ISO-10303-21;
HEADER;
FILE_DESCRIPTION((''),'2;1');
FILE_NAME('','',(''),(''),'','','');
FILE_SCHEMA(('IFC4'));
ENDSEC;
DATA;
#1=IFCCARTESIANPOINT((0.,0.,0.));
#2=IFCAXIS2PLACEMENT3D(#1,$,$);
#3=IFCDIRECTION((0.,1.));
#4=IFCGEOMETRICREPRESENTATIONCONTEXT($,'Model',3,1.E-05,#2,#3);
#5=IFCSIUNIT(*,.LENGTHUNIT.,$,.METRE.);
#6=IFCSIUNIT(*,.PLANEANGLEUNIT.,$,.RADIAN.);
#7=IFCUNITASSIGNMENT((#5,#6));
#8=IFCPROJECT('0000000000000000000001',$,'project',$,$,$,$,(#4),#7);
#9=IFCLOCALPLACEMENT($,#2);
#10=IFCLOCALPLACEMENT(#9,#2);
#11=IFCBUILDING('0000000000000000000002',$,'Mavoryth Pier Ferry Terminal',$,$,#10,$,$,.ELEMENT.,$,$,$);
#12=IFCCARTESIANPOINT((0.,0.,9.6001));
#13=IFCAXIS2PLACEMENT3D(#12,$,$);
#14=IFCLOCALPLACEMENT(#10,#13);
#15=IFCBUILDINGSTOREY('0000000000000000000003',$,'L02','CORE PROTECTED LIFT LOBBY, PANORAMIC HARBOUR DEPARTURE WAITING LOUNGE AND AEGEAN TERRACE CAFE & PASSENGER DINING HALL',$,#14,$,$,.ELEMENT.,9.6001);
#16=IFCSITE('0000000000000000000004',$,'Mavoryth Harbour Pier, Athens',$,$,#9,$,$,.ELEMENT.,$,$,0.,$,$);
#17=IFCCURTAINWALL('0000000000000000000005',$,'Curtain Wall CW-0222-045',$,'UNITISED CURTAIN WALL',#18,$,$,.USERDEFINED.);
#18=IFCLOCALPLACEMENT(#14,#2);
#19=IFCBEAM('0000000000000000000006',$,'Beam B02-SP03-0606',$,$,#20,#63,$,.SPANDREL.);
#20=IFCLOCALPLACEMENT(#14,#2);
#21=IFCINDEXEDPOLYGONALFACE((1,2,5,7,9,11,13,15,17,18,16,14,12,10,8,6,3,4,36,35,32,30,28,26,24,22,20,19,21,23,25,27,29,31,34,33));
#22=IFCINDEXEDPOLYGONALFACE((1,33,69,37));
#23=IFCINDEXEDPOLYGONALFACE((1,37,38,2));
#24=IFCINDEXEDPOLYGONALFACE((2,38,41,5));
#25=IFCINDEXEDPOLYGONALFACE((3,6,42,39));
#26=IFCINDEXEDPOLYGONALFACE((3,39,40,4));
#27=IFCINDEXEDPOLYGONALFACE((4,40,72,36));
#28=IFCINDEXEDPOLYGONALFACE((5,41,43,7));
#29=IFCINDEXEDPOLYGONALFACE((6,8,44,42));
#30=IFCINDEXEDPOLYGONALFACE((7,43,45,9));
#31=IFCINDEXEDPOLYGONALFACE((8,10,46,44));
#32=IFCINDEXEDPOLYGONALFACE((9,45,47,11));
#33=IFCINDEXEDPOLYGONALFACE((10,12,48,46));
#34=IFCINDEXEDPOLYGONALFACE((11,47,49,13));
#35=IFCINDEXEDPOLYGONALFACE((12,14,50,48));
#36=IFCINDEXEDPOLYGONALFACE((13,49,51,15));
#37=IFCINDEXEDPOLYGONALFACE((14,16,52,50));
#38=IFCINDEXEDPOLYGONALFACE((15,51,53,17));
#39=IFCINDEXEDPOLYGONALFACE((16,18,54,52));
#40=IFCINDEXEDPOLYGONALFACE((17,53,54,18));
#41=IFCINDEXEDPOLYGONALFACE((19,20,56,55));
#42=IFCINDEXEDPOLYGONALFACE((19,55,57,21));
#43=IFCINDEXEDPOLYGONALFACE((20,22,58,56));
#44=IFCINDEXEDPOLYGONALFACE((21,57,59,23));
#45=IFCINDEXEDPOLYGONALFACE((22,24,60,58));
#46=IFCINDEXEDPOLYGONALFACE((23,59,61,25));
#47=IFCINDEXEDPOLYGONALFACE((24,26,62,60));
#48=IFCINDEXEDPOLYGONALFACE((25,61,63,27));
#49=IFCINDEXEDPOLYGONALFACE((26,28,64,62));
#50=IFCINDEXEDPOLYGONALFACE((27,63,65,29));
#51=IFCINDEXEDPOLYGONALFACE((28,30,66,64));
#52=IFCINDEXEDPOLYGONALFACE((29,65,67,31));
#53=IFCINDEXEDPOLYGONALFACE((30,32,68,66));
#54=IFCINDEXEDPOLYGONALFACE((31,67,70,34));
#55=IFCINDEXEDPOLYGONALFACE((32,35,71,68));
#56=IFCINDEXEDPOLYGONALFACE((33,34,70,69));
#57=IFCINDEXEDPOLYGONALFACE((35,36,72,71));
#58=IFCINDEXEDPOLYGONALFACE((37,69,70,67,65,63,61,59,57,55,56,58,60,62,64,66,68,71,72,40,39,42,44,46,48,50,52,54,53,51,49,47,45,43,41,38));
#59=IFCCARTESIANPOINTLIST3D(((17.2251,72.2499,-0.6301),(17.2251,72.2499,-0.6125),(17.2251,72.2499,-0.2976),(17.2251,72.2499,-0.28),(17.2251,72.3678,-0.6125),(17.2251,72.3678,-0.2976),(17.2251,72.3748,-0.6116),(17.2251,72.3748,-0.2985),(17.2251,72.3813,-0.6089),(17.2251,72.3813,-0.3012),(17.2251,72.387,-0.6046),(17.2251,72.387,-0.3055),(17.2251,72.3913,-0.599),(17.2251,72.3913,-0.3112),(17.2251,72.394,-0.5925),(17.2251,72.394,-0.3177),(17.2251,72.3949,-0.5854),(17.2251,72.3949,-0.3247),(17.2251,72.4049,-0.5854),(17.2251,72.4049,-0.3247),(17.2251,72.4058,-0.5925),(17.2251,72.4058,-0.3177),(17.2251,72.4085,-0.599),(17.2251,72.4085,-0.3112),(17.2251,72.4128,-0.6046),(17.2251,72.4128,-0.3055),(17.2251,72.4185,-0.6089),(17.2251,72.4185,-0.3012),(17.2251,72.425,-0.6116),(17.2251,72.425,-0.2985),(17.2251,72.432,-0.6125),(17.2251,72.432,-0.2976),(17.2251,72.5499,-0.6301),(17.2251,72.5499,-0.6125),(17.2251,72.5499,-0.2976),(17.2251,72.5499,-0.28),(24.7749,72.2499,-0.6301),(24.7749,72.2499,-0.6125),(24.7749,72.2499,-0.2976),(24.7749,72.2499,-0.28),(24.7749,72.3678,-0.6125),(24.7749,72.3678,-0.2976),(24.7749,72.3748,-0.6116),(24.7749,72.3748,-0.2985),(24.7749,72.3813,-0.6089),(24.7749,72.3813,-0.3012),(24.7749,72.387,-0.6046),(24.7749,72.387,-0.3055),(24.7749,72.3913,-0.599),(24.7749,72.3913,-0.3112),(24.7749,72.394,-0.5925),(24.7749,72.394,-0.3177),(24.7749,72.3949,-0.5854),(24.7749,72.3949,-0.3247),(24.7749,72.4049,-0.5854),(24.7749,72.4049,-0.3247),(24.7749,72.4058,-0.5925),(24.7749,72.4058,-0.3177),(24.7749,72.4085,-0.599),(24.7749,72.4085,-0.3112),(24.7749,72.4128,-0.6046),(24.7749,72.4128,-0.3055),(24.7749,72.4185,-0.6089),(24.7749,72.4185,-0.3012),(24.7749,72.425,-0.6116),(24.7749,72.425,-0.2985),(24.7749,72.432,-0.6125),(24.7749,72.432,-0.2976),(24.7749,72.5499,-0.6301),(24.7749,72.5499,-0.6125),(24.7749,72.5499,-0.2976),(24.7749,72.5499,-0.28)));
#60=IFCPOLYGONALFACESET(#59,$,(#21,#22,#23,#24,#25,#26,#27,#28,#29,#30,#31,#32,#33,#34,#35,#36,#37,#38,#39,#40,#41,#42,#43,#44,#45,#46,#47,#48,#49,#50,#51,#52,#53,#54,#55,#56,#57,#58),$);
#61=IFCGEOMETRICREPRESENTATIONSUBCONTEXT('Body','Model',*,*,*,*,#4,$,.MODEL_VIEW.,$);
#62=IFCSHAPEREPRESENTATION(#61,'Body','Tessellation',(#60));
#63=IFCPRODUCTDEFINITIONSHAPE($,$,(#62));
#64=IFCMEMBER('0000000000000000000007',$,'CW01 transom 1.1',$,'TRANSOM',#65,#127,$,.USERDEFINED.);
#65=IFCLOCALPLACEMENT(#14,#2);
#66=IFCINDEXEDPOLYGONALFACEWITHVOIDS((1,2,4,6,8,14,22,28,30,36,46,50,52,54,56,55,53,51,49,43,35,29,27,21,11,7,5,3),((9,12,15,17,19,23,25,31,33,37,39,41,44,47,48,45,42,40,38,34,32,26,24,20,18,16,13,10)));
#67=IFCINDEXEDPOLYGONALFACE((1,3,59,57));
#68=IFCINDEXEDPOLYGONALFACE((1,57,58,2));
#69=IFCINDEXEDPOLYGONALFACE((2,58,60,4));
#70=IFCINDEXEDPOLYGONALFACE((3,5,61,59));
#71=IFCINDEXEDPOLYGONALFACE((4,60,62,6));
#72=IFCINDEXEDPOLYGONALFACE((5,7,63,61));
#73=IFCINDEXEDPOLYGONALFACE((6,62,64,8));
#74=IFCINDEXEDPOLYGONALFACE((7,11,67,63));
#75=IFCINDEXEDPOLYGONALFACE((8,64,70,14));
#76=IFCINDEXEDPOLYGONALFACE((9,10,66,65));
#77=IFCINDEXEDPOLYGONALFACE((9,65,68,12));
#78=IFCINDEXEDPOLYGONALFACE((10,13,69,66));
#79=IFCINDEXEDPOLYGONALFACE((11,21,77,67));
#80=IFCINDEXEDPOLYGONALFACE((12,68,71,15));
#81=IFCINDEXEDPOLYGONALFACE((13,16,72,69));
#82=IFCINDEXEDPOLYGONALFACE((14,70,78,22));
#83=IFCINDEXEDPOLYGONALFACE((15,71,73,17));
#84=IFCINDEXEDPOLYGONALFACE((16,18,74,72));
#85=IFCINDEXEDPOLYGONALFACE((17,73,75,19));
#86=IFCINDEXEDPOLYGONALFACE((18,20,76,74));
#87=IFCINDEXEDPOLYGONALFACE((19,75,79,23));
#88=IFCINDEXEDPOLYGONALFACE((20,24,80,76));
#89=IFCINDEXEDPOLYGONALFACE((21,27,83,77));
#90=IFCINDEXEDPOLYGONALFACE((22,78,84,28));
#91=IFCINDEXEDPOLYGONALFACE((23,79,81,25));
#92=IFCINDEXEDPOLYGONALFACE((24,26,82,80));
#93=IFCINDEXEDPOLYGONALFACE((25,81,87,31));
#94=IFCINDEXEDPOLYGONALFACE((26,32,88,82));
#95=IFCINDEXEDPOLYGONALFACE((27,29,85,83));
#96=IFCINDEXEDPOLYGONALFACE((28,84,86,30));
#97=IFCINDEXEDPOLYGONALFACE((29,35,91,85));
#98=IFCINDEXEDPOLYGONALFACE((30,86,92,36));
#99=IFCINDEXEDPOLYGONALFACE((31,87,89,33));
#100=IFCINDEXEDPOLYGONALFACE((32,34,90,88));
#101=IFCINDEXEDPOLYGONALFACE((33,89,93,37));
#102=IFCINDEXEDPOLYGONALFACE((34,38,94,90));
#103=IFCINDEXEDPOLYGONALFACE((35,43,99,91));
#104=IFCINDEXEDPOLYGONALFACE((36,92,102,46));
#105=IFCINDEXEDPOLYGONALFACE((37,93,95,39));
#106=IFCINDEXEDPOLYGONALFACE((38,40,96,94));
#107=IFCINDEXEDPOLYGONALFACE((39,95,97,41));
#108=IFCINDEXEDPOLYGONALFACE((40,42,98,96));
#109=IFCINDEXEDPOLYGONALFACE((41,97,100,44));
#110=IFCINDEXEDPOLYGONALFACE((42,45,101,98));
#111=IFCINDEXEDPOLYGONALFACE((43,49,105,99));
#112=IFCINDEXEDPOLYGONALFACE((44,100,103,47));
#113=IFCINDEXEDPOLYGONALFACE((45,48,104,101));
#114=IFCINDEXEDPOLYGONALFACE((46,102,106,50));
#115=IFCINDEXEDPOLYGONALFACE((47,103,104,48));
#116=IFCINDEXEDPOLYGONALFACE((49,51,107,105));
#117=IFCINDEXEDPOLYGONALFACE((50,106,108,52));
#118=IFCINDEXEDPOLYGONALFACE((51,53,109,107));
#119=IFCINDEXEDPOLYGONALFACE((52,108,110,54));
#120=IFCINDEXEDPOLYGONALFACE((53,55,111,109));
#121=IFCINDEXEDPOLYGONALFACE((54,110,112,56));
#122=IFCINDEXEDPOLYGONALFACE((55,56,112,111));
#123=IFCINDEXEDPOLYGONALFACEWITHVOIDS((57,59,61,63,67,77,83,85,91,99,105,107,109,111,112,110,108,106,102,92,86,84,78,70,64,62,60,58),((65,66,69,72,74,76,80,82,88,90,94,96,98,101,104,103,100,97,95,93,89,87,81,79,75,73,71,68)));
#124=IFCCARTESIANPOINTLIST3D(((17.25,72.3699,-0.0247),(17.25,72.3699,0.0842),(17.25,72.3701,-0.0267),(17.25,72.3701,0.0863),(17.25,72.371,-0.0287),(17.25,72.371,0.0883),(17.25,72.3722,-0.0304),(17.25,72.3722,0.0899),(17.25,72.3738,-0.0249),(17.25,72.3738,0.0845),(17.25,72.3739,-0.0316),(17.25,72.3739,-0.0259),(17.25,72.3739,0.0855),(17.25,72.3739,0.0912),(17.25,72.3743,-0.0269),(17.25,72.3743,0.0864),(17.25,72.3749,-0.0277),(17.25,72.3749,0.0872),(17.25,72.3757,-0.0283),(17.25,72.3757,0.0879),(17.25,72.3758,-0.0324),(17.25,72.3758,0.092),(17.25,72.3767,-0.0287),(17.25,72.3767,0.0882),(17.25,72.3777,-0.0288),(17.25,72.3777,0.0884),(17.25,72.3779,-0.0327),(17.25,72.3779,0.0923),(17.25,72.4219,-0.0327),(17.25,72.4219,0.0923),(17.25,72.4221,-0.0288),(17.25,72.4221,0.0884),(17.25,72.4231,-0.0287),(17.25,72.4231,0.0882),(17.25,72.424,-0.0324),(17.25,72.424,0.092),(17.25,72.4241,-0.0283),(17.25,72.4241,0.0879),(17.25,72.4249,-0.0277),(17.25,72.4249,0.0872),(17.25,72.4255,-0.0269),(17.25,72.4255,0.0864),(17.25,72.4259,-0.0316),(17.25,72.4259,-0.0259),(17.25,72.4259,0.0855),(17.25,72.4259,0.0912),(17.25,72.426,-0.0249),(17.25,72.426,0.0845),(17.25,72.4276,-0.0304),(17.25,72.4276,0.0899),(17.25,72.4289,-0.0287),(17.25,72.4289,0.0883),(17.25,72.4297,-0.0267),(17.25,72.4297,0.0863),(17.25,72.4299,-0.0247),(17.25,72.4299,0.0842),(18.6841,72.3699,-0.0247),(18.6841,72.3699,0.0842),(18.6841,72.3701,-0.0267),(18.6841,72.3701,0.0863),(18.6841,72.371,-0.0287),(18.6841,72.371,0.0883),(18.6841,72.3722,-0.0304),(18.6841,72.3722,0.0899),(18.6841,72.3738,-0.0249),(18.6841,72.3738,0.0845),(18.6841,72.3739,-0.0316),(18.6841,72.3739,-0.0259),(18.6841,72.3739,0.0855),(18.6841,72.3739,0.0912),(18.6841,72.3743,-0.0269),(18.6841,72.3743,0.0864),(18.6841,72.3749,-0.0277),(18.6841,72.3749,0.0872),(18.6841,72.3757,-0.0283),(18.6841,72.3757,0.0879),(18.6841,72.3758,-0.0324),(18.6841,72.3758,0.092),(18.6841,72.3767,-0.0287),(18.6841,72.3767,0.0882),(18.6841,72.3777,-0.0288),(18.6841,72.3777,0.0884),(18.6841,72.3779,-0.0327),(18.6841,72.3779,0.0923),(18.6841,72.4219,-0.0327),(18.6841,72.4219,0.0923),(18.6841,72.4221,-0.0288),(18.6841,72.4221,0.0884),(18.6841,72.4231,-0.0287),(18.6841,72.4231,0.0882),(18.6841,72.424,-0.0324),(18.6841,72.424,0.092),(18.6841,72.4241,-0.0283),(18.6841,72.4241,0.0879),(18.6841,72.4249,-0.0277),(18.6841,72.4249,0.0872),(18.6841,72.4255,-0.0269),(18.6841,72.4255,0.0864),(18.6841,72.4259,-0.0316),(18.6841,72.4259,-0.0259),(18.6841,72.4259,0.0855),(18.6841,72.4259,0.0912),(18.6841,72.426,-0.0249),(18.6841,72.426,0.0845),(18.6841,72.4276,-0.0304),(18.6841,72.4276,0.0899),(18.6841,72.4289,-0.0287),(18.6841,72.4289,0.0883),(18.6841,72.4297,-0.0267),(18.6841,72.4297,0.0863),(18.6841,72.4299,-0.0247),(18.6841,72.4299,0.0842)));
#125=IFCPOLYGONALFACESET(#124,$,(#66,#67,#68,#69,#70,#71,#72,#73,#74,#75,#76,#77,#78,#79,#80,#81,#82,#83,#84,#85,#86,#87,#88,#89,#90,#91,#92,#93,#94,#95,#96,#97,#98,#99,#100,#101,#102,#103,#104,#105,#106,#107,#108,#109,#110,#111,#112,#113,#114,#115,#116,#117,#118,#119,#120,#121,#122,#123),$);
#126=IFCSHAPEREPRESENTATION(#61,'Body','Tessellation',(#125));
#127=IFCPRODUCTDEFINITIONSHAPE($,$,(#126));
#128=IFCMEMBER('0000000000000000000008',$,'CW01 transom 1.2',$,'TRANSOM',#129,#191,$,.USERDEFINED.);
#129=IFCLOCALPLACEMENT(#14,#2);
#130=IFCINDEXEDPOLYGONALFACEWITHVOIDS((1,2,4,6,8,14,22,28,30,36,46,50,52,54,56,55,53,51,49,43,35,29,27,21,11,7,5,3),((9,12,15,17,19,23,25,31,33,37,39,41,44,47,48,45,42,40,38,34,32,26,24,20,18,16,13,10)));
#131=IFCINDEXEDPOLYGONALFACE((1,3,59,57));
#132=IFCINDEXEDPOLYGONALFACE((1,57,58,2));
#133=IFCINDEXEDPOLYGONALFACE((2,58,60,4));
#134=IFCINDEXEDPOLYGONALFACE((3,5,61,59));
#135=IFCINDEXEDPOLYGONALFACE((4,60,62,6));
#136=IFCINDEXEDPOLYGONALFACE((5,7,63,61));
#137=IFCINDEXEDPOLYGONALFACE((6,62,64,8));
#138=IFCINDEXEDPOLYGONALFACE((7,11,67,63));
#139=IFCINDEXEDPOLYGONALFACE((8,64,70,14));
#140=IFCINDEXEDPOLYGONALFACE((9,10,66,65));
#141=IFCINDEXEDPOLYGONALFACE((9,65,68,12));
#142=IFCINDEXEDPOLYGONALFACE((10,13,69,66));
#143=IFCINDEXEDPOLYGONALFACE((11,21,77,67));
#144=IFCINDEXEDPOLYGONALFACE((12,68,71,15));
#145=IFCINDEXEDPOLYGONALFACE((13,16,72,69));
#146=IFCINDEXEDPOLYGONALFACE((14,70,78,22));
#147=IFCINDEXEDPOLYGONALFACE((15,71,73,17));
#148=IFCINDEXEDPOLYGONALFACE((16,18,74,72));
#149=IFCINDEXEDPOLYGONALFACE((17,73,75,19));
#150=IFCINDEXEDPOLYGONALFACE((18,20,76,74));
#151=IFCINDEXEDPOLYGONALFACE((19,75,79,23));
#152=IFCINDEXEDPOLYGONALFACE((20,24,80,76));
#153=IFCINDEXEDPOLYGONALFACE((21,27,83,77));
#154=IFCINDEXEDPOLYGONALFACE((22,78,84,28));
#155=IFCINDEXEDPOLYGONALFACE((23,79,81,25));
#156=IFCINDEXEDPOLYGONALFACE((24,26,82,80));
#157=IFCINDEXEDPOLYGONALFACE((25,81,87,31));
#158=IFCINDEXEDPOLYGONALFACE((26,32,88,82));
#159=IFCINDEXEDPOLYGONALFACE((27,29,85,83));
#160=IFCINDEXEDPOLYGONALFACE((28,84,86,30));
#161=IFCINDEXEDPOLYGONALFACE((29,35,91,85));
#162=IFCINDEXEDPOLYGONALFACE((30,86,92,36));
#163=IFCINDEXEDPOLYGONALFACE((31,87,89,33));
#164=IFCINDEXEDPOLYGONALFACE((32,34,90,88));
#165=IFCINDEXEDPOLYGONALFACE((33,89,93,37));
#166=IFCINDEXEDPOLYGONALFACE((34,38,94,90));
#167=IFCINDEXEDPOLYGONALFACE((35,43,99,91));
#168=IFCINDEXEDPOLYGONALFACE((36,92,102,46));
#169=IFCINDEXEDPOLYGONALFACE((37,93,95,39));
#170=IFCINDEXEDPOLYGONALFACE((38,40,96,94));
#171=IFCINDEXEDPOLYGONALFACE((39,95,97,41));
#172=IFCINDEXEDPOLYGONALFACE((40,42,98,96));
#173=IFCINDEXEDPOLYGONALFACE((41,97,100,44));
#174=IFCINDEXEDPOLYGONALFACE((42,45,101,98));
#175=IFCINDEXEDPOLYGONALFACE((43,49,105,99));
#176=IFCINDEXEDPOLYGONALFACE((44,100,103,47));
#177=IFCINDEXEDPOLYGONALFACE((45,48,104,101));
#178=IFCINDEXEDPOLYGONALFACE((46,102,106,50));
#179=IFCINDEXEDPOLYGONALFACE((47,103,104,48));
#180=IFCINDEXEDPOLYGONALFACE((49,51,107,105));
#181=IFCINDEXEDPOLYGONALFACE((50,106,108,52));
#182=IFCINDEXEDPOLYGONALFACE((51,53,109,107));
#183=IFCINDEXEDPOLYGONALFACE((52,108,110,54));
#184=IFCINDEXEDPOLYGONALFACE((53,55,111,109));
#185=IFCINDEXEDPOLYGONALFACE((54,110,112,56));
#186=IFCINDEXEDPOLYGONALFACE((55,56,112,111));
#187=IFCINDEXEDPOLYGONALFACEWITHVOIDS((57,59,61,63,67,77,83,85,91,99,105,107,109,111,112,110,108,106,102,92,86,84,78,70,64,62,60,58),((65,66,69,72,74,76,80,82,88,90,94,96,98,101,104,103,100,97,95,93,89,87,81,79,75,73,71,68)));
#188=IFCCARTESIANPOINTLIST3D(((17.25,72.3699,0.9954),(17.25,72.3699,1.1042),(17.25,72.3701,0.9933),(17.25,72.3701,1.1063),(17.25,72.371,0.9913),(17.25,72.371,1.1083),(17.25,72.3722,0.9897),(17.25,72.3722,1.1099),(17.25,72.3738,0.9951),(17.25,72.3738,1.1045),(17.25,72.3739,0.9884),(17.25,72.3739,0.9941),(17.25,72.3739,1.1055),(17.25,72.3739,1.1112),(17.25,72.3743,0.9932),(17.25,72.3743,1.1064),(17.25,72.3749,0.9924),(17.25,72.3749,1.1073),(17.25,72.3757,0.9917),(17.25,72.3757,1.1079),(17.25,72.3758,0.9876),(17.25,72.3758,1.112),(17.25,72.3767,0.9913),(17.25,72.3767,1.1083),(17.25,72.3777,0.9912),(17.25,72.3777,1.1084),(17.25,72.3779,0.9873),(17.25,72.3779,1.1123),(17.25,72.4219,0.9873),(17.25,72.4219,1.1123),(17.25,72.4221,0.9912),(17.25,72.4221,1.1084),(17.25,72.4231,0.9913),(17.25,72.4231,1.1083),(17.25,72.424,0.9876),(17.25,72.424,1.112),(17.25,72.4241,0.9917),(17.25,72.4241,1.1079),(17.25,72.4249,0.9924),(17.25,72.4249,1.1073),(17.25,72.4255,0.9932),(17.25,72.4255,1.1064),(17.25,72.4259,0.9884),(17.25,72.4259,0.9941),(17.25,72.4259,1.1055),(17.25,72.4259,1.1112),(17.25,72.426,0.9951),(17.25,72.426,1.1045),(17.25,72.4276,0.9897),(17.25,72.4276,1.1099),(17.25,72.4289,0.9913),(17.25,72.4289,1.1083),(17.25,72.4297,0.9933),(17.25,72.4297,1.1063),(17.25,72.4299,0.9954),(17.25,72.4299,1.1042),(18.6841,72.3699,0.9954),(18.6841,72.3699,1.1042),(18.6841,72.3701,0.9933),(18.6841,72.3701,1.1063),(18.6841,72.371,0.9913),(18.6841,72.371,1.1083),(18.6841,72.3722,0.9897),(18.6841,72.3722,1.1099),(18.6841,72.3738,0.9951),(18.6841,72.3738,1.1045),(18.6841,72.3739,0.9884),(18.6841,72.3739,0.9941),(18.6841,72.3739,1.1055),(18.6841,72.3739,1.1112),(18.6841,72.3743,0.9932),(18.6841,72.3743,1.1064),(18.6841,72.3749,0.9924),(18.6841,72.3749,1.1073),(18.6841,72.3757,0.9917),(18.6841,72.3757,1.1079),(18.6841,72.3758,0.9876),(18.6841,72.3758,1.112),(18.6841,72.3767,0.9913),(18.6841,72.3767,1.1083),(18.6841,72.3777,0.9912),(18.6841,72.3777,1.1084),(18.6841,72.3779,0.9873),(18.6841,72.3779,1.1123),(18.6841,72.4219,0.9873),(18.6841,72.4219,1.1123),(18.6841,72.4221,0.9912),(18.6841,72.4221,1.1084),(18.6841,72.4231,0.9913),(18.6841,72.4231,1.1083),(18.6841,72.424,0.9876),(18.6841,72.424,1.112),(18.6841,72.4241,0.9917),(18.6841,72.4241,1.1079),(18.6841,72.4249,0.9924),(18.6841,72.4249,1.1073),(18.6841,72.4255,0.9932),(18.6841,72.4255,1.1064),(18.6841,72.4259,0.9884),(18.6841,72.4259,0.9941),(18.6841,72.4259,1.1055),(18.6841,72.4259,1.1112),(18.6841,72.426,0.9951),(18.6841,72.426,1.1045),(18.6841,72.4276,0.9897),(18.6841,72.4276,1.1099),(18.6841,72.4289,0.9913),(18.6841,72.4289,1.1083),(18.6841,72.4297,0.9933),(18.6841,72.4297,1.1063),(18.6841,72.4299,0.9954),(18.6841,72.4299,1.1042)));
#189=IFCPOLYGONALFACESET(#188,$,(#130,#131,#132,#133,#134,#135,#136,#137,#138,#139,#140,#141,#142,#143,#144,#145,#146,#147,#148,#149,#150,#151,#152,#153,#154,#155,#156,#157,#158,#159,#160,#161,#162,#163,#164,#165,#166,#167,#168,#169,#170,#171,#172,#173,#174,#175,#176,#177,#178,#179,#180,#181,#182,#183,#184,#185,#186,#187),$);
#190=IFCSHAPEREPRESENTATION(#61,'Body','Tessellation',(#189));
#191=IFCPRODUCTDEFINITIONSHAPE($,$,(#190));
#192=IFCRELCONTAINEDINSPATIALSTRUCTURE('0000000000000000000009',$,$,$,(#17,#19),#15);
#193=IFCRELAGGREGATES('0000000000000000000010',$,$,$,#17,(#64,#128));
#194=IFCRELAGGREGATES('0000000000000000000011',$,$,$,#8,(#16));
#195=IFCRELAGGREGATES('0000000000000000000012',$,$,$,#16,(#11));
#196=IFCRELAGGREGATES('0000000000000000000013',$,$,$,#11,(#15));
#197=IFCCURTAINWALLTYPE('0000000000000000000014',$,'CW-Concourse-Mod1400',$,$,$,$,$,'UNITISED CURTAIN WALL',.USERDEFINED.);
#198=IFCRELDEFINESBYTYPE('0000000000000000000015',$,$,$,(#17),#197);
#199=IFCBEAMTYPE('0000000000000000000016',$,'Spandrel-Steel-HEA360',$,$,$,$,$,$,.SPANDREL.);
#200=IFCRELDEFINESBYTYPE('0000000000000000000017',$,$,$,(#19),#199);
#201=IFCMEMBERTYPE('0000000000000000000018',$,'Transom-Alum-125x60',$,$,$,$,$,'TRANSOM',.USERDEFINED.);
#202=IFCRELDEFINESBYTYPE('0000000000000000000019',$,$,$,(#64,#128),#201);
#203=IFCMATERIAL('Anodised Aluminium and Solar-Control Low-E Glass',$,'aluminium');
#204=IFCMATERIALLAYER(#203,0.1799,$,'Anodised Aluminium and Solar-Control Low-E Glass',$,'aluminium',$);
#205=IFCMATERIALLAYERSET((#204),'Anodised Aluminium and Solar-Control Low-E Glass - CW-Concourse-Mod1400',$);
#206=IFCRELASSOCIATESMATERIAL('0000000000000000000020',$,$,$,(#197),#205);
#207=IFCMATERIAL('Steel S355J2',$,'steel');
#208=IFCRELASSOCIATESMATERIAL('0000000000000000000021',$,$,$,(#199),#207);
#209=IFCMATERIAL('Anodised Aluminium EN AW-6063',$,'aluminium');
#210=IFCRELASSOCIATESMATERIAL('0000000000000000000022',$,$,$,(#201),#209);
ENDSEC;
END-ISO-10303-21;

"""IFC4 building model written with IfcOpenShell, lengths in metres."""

from ifc_helpers import new_model, si_unit, direction, frame, origin, origin_2d, place, context, subcontext, project, spatial, hollow_rectangle, i_section, extrude, material, layer, layer_set, material_profile, profile_set, type_object, element, aggregate, save


model = new_model("IFC4")

# Units and contexts
model_context = context("Model", 3, precision=1e-05, world=origin(), true_north=direction((0.0, 1.0)))
body_context = subcontext(model_context, "Body", "Model", "MODEL_VIEW")
ifc_project = project(units=[si_unit("LENGTHUNIT", "METRE"), si_unit("PLANEANGLEUNIT", "RADIAN")], contexts=[model_context])

# Site, building, storey
site_placement = place(None, origin())
site = spatial("IfcSite", under=ifc_project, at=site_placement, Name="Mavoryth Harbour Pier, Athens", CompositionType="ELEMENT", RefElevation=0.0)
building_placement = place(site_placement, origin())
building = spatial("IfcBuilding", under=site, at=building_placement, Name="Mavoryth Pier Ferry Terminal", CompositionType="ELEMENT")
storey_placement = place(building_placement, frame((0.0, 0.0, 9.6001)))
storey = spatial("IfcBuildingStorey", under=building, at=storey_placement, Name="L02", Description="CORE PROTECTED LIFT LOBBY, PANORAMIC HARBOUR DEPARTURE WAITING LOUNGE AND AEGEAN TERRACE CAFE & PASSENGER DINING HALL", CompositionType="ELEMENT", Elevation=9.6001)

# Shared definitions
ifc_material_1 = material(Name="Steel S355J2", Category="steel")

# Curtain wall
ifc_material_2 = material(Name="Anodised Aluminium and Solar-Control Low-E Glass", Category="aluminium")
ifc_layer_1 = layer(ifc_material_2, 0.1799, Name="Anodised Aluminium and Solar-Control Low-E Glass", Category="aluminium")
ifc_layer_set_1 = layer_set([ifc_layer_1], Name="Anodised Aluminium and Solar-Control Low-E Glass - CW-Concourse-Mod1400")
curtain_wall_type = type_object("IfcCurtainWallType", Name="CW-Concourse-Mod1400", ElementType="UNITISED CURTAIN WALL", PredefinedType="USERDEFINED", material=ifc_layer_set_1)
curtain_wall_placement = place(storey_placement, origin())
curtain_wall = element("IfcCurtainWall", 1, at=curtain_wall_placement, inside=storey, type_object=curtain_wall_type, Name="Curtain Wall CW-0222-045", ObjectType="UNITISED CURTAIN WALL", PredefinedType="USERDEFINED")
ifc_material_3 = material(Name="Anodised Aluminium EN AW-6063", Category="aluminium")

# Beam
ifc_material_profile_1 = material_profile(ifc_material_1, i_section(OverallWidth=0.3, OverallDepth=0.3501, WebThickness=0.01, FlangeThickness=0.0176, FilletRadius=0.0271, at=origin_2d()), Name="HEA 360", Category="steel")
ifc_profile_set_1 = profile_set([ifc_material_profile_1], Name="Steel S355J2 - HEA 360")
beam_type = type_object("IfcBeamType", Name="Spandrel-Steel-HEA360", PredefinedType="SPANDREL", material=ifc_profile_set_1)
beam_placement = place(storey_placement, frame((17.2251, 72.3999, -0.4551), z_axis=(1.0, 0.0, 0.0), x_axis=(0.0, 1.0, 0.0)))
element("IfcBeam", 2, at=beam_placement, inside=storey, type_object=beam_type, Name="Beam B02-SP03-0606", PredefinedType="SPANDREL", context=body_context, shape_type="SweptSolid", body=[
    extrude(i_section(OverallWidth=0.3, OverallDepth=0.3501, WebThickness=0.01, FlangeThickness=0.0176, FilletRadius=0.0271, at=origin_2d()), origin(), (0.0, 0.0, 1.0), 7.5498),
])

# Members
ifc_material_profile_2 = material_profile(ifc_material_3, hollow_rectangle(XDim=0.0601, YDim=0.125, WallThickness=0.0039, InnerFilletRadius=0.0039, OuterFilletRadius=0.0081, at=origin_2d()), Name="AL-TRAN 125x60x4", Category="aluminium")
ifc_profile_set_2 = profile_set([ifc_material_profile_2], Name="Anodised Aluminium EN AW-6063 - AL-TRAN 125x60x4")
member_type_1 = type_object("IfcMemberType", Name="Transom-Alum-125x60", ElementType="TRANSOM", PredefinedType="USERDEFINED", material=ifc_profile_set_2)
member_1_placement = place(storey_placement, frame((17.25, 72.3999, 0.0298), z_axis=(1.0, 0.0, 0.0), x_axis=(0.0, 1.0, 0.0)))
member_1 = element("IfcMember", 3, at=member_1_placement, type_object=member_type_1, Name="CW01 transom 1.1", ObjectType="TRANSOM", PredefinedType="USERDEFINED", context=body_context, shape_type="SweptSolid", body=[
    extrude(hollow_rectangle(XDim=0.0601, YDim=0.125, WallThickness=0.0039, InnerFilletRadius=0.0039, OuterFilletRadius=0.0081, at=origin_2d()), origin(), (0.0, 0.0, 1.0), 1.4341),
])
member_2_placement = place(storey_placement, frame((17.25, 72.3999, 1.0498), z_axis=(1.0, 0.0, 0.0), x_axis=(0.0, 1.0, 0.0)))
member_2 = element("IfcMember", 4, at=member_2_placement, type_object=member_type_1, Name="CW01 transom 1.2", ObjectType="TRANSOM", PredefinedType="USERDEFINED", context=body_context, shape_type="SweptSolid", body=[
    extrude(hollow_rectangle(XDim=0.0601, YDim=0.125, WallThickness=0.0039, InnerFilletRadius=0.0039, OuterFilletRadius=0.0081, at=origin_2d()), origin(), (0.0, 0.0, 1.0), 1.4341),
])

aggregate(curtain_wall, [member_1, member_2])

save(model, "model.ifc")
